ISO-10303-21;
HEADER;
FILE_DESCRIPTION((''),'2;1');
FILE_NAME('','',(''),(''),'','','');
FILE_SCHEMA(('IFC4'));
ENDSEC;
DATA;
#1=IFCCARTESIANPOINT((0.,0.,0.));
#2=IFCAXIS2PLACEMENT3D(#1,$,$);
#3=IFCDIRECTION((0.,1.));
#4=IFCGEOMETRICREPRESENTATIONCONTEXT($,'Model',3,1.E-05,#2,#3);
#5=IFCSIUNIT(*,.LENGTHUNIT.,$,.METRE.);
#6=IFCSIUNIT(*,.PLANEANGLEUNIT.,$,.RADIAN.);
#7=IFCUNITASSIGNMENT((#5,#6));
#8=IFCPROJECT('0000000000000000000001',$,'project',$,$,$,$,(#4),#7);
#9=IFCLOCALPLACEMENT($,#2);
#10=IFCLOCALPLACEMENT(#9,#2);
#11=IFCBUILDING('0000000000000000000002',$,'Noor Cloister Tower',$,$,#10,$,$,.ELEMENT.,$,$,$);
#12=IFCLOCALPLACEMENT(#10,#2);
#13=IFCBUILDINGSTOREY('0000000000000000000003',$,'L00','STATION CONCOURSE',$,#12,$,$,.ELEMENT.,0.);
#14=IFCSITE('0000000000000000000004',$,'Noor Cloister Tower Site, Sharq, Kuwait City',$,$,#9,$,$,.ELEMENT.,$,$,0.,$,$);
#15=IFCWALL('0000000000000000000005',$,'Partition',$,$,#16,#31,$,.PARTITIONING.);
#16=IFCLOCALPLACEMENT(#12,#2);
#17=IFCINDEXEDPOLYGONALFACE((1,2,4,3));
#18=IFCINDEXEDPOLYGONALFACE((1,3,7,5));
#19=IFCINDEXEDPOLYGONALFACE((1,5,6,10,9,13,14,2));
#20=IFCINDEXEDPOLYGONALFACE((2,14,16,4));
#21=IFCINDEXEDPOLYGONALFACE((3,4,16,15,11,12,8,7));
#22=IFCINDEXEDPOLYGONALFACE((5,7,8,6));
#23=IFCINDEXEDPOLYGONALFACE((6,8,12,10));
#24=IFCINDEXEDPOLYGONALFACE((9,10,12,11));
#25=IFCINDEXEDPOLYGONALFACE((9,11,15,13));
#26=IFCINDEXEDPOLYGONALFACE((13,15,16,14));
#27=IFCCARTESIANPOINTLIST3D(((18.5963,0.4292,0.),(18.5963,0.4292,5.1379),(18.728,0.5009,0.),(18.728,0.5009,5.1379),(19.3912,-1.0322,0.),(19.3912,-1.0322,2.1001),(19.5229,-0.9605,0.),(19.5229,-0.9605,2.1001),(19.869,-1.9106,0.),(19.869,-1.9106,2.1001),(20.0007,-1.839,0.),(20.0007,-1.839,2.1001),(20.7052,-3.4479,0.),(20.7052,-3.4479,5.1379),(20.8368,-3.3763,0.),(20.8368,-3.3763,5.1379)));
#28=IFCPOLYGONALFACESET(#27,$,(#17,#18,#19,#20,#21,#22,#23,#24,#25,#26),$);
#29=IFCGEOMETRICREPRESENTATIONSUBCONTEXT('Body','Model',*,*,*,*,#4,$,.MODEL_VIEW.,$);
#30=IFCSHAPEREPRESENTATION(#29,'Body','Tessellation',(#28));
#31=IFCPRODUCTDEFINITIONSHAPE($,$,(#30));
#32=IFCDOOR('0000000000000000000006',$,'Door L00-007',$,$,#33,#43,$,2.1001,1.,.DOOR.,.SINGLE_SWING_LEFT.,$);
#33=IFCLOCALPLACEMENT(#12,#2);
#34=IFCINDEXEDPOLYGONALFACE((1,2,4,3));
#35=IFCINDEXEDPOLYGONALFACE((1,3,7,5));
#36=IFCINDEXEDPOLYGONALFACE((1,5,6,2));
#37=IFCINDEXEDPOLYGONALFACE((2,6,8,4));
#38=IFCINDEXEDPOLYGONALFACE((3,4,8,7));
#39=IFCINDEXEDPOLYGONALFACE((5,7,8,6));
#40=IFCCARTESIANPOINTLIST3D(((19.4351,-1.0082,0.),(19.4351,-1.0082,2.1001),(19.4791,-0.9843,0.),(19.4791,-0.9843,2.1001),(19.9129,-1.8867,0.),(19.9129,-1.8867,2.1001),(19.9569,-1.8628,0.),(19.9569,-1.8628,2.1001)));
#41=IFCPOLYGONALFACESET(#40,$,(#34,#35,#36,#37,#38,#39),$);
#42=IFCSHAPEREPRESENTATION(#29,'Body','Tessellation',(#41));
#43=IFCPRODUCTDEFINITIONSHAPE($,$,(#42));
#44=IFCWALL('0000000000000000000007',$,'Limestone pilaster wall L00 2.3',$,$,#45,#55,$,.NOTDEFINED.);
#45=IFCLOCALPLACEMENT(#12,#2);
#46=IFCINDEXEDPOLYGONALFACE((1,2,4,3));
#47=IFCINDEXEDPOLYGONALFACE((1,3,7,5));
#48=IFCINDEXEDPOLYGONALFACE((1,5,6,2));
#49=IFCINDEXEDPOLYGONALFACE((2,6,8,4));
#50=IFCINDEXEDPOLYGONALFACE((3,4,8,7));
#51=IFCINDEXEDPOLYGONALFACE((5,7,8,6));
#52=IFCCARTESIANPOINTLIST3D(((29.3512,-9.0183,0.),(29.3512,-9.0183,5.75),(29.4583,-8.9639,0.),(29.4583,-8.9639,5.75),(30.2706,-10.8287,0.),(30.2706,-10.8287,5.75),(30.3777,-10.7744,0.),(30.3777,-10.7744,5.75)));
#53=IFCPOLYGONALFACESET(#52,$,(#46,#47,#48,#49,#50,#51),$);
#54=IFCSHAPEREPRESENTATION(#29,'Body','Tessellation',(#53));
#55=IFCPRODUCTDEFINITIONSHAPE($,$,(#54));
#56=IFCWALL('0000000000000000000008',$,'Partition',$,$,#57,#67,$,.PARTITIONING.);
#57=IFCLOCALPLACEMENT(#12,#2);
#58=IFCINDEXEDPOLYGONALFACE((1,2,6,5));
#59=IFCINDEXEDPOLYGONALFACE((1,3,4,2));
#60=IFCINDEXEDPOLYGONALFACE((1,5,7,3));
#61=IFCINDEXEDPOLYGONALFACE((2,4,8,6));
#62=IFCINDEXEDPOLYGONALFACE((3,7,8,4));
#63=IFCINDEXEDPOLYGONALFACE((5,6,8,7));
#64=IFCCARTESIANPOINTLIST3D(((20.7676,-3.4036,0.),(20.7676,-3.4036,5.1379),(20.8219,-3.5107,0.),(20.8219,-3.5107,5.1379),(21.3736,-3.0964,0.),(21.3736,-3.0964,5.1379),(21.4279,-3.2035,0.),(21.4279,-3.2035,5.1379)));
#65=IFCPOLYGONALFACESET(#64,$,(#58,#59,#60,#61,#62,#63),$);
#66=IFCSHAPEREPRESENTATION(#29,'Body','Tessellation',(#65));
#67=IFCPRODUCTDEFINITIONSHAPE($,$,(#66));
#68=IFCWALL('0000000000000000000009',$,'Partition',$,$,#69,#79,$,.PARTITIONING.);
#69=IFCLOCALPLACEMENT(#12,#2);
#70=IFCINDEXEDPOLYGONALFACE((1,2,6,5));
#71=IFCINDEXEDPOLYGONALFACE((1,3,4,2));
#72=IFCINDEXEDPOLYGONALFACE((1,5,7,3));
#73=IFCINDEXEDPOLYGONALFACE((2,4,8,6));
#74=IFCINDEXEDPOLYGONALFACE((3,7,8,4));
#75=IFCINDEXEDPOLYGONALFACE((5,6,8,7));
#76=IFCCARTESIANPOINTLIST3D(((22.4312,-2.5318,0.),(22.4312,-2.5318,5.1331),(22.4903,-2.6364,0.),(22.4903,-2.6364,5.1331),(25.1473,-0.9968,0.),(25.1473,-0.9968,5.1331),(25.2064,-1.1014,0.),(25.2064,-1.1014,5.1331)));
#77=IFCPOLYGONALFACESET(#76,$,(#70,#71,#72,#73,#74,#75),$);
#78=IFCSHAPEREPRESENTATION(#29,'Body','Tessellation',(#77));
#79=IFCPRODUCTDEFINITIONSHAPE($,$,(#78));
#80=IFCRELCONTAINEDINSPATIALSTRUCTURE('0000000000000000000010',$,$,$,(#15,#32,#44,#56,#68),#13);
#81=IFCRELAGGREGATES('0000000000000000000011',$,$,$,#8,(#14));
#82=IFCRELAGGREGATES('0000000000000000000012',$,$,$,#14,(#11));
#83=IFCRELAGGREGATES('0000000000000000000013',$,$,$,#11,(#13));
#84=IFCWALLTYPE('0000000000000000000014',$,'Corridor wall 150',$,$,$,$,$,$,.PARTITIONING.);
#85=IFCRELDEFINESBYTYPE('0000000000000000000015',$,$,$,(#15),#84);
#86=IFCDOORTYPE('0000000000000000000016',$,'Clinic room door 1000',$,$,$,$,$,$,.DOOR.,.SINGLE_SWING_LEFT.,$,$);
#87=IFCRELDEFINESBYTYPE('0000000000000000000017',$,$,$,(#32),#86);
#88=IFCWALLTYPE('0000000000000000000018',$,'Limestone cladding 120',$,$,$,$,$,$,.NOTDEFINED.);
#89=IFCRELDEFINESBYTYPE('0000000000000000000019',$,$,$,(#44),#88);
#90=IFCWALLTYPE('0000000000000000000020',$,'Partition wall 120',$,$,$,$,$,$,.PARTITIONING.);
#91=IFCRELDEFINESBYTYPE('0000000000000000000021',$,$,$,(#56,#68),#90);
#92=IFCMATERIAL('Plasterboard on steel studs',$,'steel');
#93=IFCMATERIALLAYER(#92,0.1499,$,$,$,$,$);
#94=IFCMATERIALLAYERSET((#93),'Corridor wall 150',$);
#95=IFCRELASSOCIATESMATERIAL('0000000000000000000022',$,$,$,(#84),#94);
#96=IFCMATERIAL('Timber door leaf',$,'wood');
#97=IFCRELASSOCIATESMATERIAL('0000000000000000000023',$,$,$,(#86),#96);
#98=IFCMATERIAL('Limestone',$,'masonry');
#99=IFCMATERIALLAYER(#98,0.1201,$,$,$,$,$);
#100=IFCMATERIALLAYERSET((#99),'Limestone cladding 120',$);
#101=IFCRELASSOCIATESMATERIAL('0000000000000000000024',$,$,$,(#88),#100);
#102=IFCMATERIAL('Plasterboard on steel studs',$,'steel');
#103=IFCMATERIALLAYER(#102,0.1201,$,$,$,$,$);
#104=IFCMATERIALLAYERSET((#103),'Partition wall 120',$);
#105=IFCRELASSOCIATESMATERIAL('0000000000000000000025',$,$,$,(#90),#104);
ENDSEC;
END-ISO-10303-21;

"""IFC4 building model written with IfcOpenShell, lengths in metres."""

from ifc_helpers import new_model, si_unit, direction, frame, frame_2d, origin, place, context, subcontext, project, spatial, rectangle, extrude, material, layer, layer_set, type_object, element, fill, save


model = new_model("IFC4")

# Units and contexts
model_context = context("Model", 3, precision=1e-05, world=origin(), true_north=direction((0.0, 1.0)))
body_context = subcontext(model_context, "Body", "Model", "MODEL_VIEW")
ifc_project = project(units=[si_unit("LENGTHUNIT", "METRE"), si_unit("PLANEANGLEUNIT", "RADIAN")], contexts=[model_context])

# Site, building, storey
site_placement = place(None, origin())
site = spatial("IfcSite", under=ifc_project, at=site_placement, Name="Noor Cloister Tower Site, Sharq, Kuwait City", CompositionType="ELEMENT", RefElevation=0.0)
building_placement = place(site_placement, origin())
building = spatial("IfcBuilding", under=site, at=building_placement, Name="Noor Cloister Tower", CompositionType="ELEMENT")
storey_placement = place(building_placement, origin())
storey = spatial("IfcBuildingStorey", under=building, at=storey_placement, Name="L00", Description="STATION CONCOURSE", CompositionType="ELEMENT", Elevation=0.0)

# Shared definitions
ifc_material_1 = material(Name="Plasterboard on steel studs", Category="steel")
ifc_layer_1 = layer(ifc_material_1, 0.1499)
ifc_layer_set_1 = layer_set([ifc_layer_1], Name="Corridor wall 150")
wall_type_1 = type_object("IfcWallType", Name="Corridor wall 150", PredefinedType="PARTITIONING", material=ifc_layer_set_1)

# Wall, opening, door
wall_1_placement = place(storey_placement, frame((20.771, -3.4121, 0.0), z_axis=(0.0, 0.0, 1.0), x_axis=(-0.477813, 0.878461, 0.0)))
wall_1 = element("IfcWall", 1, at=wall_1_placement, inside=storey, type_object=wall_type_1, Name="Partition", PredefinedType="PARTITIONING", context=body_context, shape_type="SweptSolid", body=[
    extrude(rectangle(XDim=4.4136, YDim=0.1499, at=frame_2d((2.2068, 0.0))), origin(), (0.0, 0.0, 1.0), 5.1379),
])
opening_1_placement = place(wall_1_placement, frame((1.75, 0.0, 0.0)))
opening_1 = element("IfcOpeningElement", 2, at=opening_1_placement, cuts=wall_1, PredefinedType="OPENING", context=body_context, shape_type="SweptSolid", body=[
    extrude(rectangle(XDim=1.0, YDim=2.1001, at=frame_2d((0.5, 1.05))), frame((0.0, 0.085, 0.0), z_axis=(0.0, -1.0, 0.0), x_axis=(1.0, 0.0, 0.0)), (0.0, 0.0, 1.0), 0.1699),
])
ifc_material_2 = material(Name="Timber door leaf", Category="wood")
door_type_1 = type_object("IfcDoorType", Name="Clinic room door 1000", OperationType="SINGLE_SWING_LEFT", PredefinedType="DOOR", material=ifc_material_2)
door_1_placement = place(opening_1_placement, origin())
door_1 = element("IfcDoor", 3, at=door_1_placement, inside=storey, type_object=door_type_1, Name="Door L00-007", OperationType="SINGLE_SWING_LEFT", OverallHeight=2.1001, OverallWidth=1.0, PredefinedType="DOOR", context=body_context, shape_type="SweptSolid", body=[
    extrude(rectangle(XDim=1.0, YDim=2.1001, at=frame_2d((0.5, 1.05))), frame((0.0, 0.0249, 0.0), z_axis=(0.0, -1.0, 0.0), x_axis=(1.0, 0.0, 0.0)), (0.0, 0.0, 1.0), 0.05),
])
fill(opening_1, door_1)

# Walls
ifc_material_3 = material(Name="Limestone", Category="masonry")
ifc_layer_2 = layer(ifc_material_3, 0.1201)
ifc_layer_set_2 = layer_set([ifc_layer_2], Name="Limestone cladding 120")
wall_type_2 = type_object("IfcWallType", Name="Limestone cladding 120", PredefinedType="NOTDEFINED", material=ifc_layer_set_2)
wall_2_placement = place(storey_placement, frame((29.4048, -8.9912, 0.0), z_axis=(0.0, 0.0, 1.0), x_axis=(0.452784, -0.89162, 0.0)))
element("IfcWall", 4, at=wall_2_placement, inside=storey, type_object=wall_type_2, Name="Limestone pilaster wall L00 2.3", PredefinedType="NOTDEFINED", context=body_context, shape_type="SweptSolid", body=[
    extrude(rectangle(XDim=2.0305, YDim=0.1201, at=frame_2d((1.0151, 0.0))), origin(), (0.0, 0.0, 1.0), 5.75),
])
ifc_material_4 = material(Name="Plasterboard on steel studs", Category="steel")
ifc_layer_3 = layer(ifc_material_4, 0.1201)
ifc_layer_set_3 = layer_set([ifc_layer_3], Name="Partition wall 120")
wall_type_3 = type_object("IfcWallType", Name="Partition wall 120", PredefinedType="PARTITIONING", material=ifc_layer_set_3)
wall_3_placement = place(storey_placement, frame((21.4009, -3.1499, 0.0), z_axis=(0.0, 0.0, 1.0), x_axis=(-0.89197, -0.452094, 0.0)))
element("IfcWall", 5, at=wall_3_placement, inside=storey, type_object=wall_type_3, Name="Partition", PredefinedType="PARTITIONING", context=body_context, shape_type="SweptSolid", body=[
    extrude(rectangle(XDim=0.6794, YDim=0.1201, at=frame_2d((0.3398, 0.0))), origin(), (0.0, 0.0, 1.0), 5.1379),
])
wall_4_placement = place(storey_placement, frame((25.177, -1.0491, 0.0), z_axis=(0.0, 0.0, 1.0), x_axis=(-0.870598, -0.491995, 0.0)))
element("IfcWall", 6, at=wall_4_placement, inside=storey, type_object=wall_type_3, Name="Partition", PredefinedType="PARTITIONING", context=body_context, shape_type="SweptSolid", body=[
    extrude(rectangle(XDim=3.1199, YDim=0.1201, at=frame_2d((1.5601, 0.0))), origin(), (0.0, 0.0, 1.0), 5.1331),
])

save(model, "model.ifc")
